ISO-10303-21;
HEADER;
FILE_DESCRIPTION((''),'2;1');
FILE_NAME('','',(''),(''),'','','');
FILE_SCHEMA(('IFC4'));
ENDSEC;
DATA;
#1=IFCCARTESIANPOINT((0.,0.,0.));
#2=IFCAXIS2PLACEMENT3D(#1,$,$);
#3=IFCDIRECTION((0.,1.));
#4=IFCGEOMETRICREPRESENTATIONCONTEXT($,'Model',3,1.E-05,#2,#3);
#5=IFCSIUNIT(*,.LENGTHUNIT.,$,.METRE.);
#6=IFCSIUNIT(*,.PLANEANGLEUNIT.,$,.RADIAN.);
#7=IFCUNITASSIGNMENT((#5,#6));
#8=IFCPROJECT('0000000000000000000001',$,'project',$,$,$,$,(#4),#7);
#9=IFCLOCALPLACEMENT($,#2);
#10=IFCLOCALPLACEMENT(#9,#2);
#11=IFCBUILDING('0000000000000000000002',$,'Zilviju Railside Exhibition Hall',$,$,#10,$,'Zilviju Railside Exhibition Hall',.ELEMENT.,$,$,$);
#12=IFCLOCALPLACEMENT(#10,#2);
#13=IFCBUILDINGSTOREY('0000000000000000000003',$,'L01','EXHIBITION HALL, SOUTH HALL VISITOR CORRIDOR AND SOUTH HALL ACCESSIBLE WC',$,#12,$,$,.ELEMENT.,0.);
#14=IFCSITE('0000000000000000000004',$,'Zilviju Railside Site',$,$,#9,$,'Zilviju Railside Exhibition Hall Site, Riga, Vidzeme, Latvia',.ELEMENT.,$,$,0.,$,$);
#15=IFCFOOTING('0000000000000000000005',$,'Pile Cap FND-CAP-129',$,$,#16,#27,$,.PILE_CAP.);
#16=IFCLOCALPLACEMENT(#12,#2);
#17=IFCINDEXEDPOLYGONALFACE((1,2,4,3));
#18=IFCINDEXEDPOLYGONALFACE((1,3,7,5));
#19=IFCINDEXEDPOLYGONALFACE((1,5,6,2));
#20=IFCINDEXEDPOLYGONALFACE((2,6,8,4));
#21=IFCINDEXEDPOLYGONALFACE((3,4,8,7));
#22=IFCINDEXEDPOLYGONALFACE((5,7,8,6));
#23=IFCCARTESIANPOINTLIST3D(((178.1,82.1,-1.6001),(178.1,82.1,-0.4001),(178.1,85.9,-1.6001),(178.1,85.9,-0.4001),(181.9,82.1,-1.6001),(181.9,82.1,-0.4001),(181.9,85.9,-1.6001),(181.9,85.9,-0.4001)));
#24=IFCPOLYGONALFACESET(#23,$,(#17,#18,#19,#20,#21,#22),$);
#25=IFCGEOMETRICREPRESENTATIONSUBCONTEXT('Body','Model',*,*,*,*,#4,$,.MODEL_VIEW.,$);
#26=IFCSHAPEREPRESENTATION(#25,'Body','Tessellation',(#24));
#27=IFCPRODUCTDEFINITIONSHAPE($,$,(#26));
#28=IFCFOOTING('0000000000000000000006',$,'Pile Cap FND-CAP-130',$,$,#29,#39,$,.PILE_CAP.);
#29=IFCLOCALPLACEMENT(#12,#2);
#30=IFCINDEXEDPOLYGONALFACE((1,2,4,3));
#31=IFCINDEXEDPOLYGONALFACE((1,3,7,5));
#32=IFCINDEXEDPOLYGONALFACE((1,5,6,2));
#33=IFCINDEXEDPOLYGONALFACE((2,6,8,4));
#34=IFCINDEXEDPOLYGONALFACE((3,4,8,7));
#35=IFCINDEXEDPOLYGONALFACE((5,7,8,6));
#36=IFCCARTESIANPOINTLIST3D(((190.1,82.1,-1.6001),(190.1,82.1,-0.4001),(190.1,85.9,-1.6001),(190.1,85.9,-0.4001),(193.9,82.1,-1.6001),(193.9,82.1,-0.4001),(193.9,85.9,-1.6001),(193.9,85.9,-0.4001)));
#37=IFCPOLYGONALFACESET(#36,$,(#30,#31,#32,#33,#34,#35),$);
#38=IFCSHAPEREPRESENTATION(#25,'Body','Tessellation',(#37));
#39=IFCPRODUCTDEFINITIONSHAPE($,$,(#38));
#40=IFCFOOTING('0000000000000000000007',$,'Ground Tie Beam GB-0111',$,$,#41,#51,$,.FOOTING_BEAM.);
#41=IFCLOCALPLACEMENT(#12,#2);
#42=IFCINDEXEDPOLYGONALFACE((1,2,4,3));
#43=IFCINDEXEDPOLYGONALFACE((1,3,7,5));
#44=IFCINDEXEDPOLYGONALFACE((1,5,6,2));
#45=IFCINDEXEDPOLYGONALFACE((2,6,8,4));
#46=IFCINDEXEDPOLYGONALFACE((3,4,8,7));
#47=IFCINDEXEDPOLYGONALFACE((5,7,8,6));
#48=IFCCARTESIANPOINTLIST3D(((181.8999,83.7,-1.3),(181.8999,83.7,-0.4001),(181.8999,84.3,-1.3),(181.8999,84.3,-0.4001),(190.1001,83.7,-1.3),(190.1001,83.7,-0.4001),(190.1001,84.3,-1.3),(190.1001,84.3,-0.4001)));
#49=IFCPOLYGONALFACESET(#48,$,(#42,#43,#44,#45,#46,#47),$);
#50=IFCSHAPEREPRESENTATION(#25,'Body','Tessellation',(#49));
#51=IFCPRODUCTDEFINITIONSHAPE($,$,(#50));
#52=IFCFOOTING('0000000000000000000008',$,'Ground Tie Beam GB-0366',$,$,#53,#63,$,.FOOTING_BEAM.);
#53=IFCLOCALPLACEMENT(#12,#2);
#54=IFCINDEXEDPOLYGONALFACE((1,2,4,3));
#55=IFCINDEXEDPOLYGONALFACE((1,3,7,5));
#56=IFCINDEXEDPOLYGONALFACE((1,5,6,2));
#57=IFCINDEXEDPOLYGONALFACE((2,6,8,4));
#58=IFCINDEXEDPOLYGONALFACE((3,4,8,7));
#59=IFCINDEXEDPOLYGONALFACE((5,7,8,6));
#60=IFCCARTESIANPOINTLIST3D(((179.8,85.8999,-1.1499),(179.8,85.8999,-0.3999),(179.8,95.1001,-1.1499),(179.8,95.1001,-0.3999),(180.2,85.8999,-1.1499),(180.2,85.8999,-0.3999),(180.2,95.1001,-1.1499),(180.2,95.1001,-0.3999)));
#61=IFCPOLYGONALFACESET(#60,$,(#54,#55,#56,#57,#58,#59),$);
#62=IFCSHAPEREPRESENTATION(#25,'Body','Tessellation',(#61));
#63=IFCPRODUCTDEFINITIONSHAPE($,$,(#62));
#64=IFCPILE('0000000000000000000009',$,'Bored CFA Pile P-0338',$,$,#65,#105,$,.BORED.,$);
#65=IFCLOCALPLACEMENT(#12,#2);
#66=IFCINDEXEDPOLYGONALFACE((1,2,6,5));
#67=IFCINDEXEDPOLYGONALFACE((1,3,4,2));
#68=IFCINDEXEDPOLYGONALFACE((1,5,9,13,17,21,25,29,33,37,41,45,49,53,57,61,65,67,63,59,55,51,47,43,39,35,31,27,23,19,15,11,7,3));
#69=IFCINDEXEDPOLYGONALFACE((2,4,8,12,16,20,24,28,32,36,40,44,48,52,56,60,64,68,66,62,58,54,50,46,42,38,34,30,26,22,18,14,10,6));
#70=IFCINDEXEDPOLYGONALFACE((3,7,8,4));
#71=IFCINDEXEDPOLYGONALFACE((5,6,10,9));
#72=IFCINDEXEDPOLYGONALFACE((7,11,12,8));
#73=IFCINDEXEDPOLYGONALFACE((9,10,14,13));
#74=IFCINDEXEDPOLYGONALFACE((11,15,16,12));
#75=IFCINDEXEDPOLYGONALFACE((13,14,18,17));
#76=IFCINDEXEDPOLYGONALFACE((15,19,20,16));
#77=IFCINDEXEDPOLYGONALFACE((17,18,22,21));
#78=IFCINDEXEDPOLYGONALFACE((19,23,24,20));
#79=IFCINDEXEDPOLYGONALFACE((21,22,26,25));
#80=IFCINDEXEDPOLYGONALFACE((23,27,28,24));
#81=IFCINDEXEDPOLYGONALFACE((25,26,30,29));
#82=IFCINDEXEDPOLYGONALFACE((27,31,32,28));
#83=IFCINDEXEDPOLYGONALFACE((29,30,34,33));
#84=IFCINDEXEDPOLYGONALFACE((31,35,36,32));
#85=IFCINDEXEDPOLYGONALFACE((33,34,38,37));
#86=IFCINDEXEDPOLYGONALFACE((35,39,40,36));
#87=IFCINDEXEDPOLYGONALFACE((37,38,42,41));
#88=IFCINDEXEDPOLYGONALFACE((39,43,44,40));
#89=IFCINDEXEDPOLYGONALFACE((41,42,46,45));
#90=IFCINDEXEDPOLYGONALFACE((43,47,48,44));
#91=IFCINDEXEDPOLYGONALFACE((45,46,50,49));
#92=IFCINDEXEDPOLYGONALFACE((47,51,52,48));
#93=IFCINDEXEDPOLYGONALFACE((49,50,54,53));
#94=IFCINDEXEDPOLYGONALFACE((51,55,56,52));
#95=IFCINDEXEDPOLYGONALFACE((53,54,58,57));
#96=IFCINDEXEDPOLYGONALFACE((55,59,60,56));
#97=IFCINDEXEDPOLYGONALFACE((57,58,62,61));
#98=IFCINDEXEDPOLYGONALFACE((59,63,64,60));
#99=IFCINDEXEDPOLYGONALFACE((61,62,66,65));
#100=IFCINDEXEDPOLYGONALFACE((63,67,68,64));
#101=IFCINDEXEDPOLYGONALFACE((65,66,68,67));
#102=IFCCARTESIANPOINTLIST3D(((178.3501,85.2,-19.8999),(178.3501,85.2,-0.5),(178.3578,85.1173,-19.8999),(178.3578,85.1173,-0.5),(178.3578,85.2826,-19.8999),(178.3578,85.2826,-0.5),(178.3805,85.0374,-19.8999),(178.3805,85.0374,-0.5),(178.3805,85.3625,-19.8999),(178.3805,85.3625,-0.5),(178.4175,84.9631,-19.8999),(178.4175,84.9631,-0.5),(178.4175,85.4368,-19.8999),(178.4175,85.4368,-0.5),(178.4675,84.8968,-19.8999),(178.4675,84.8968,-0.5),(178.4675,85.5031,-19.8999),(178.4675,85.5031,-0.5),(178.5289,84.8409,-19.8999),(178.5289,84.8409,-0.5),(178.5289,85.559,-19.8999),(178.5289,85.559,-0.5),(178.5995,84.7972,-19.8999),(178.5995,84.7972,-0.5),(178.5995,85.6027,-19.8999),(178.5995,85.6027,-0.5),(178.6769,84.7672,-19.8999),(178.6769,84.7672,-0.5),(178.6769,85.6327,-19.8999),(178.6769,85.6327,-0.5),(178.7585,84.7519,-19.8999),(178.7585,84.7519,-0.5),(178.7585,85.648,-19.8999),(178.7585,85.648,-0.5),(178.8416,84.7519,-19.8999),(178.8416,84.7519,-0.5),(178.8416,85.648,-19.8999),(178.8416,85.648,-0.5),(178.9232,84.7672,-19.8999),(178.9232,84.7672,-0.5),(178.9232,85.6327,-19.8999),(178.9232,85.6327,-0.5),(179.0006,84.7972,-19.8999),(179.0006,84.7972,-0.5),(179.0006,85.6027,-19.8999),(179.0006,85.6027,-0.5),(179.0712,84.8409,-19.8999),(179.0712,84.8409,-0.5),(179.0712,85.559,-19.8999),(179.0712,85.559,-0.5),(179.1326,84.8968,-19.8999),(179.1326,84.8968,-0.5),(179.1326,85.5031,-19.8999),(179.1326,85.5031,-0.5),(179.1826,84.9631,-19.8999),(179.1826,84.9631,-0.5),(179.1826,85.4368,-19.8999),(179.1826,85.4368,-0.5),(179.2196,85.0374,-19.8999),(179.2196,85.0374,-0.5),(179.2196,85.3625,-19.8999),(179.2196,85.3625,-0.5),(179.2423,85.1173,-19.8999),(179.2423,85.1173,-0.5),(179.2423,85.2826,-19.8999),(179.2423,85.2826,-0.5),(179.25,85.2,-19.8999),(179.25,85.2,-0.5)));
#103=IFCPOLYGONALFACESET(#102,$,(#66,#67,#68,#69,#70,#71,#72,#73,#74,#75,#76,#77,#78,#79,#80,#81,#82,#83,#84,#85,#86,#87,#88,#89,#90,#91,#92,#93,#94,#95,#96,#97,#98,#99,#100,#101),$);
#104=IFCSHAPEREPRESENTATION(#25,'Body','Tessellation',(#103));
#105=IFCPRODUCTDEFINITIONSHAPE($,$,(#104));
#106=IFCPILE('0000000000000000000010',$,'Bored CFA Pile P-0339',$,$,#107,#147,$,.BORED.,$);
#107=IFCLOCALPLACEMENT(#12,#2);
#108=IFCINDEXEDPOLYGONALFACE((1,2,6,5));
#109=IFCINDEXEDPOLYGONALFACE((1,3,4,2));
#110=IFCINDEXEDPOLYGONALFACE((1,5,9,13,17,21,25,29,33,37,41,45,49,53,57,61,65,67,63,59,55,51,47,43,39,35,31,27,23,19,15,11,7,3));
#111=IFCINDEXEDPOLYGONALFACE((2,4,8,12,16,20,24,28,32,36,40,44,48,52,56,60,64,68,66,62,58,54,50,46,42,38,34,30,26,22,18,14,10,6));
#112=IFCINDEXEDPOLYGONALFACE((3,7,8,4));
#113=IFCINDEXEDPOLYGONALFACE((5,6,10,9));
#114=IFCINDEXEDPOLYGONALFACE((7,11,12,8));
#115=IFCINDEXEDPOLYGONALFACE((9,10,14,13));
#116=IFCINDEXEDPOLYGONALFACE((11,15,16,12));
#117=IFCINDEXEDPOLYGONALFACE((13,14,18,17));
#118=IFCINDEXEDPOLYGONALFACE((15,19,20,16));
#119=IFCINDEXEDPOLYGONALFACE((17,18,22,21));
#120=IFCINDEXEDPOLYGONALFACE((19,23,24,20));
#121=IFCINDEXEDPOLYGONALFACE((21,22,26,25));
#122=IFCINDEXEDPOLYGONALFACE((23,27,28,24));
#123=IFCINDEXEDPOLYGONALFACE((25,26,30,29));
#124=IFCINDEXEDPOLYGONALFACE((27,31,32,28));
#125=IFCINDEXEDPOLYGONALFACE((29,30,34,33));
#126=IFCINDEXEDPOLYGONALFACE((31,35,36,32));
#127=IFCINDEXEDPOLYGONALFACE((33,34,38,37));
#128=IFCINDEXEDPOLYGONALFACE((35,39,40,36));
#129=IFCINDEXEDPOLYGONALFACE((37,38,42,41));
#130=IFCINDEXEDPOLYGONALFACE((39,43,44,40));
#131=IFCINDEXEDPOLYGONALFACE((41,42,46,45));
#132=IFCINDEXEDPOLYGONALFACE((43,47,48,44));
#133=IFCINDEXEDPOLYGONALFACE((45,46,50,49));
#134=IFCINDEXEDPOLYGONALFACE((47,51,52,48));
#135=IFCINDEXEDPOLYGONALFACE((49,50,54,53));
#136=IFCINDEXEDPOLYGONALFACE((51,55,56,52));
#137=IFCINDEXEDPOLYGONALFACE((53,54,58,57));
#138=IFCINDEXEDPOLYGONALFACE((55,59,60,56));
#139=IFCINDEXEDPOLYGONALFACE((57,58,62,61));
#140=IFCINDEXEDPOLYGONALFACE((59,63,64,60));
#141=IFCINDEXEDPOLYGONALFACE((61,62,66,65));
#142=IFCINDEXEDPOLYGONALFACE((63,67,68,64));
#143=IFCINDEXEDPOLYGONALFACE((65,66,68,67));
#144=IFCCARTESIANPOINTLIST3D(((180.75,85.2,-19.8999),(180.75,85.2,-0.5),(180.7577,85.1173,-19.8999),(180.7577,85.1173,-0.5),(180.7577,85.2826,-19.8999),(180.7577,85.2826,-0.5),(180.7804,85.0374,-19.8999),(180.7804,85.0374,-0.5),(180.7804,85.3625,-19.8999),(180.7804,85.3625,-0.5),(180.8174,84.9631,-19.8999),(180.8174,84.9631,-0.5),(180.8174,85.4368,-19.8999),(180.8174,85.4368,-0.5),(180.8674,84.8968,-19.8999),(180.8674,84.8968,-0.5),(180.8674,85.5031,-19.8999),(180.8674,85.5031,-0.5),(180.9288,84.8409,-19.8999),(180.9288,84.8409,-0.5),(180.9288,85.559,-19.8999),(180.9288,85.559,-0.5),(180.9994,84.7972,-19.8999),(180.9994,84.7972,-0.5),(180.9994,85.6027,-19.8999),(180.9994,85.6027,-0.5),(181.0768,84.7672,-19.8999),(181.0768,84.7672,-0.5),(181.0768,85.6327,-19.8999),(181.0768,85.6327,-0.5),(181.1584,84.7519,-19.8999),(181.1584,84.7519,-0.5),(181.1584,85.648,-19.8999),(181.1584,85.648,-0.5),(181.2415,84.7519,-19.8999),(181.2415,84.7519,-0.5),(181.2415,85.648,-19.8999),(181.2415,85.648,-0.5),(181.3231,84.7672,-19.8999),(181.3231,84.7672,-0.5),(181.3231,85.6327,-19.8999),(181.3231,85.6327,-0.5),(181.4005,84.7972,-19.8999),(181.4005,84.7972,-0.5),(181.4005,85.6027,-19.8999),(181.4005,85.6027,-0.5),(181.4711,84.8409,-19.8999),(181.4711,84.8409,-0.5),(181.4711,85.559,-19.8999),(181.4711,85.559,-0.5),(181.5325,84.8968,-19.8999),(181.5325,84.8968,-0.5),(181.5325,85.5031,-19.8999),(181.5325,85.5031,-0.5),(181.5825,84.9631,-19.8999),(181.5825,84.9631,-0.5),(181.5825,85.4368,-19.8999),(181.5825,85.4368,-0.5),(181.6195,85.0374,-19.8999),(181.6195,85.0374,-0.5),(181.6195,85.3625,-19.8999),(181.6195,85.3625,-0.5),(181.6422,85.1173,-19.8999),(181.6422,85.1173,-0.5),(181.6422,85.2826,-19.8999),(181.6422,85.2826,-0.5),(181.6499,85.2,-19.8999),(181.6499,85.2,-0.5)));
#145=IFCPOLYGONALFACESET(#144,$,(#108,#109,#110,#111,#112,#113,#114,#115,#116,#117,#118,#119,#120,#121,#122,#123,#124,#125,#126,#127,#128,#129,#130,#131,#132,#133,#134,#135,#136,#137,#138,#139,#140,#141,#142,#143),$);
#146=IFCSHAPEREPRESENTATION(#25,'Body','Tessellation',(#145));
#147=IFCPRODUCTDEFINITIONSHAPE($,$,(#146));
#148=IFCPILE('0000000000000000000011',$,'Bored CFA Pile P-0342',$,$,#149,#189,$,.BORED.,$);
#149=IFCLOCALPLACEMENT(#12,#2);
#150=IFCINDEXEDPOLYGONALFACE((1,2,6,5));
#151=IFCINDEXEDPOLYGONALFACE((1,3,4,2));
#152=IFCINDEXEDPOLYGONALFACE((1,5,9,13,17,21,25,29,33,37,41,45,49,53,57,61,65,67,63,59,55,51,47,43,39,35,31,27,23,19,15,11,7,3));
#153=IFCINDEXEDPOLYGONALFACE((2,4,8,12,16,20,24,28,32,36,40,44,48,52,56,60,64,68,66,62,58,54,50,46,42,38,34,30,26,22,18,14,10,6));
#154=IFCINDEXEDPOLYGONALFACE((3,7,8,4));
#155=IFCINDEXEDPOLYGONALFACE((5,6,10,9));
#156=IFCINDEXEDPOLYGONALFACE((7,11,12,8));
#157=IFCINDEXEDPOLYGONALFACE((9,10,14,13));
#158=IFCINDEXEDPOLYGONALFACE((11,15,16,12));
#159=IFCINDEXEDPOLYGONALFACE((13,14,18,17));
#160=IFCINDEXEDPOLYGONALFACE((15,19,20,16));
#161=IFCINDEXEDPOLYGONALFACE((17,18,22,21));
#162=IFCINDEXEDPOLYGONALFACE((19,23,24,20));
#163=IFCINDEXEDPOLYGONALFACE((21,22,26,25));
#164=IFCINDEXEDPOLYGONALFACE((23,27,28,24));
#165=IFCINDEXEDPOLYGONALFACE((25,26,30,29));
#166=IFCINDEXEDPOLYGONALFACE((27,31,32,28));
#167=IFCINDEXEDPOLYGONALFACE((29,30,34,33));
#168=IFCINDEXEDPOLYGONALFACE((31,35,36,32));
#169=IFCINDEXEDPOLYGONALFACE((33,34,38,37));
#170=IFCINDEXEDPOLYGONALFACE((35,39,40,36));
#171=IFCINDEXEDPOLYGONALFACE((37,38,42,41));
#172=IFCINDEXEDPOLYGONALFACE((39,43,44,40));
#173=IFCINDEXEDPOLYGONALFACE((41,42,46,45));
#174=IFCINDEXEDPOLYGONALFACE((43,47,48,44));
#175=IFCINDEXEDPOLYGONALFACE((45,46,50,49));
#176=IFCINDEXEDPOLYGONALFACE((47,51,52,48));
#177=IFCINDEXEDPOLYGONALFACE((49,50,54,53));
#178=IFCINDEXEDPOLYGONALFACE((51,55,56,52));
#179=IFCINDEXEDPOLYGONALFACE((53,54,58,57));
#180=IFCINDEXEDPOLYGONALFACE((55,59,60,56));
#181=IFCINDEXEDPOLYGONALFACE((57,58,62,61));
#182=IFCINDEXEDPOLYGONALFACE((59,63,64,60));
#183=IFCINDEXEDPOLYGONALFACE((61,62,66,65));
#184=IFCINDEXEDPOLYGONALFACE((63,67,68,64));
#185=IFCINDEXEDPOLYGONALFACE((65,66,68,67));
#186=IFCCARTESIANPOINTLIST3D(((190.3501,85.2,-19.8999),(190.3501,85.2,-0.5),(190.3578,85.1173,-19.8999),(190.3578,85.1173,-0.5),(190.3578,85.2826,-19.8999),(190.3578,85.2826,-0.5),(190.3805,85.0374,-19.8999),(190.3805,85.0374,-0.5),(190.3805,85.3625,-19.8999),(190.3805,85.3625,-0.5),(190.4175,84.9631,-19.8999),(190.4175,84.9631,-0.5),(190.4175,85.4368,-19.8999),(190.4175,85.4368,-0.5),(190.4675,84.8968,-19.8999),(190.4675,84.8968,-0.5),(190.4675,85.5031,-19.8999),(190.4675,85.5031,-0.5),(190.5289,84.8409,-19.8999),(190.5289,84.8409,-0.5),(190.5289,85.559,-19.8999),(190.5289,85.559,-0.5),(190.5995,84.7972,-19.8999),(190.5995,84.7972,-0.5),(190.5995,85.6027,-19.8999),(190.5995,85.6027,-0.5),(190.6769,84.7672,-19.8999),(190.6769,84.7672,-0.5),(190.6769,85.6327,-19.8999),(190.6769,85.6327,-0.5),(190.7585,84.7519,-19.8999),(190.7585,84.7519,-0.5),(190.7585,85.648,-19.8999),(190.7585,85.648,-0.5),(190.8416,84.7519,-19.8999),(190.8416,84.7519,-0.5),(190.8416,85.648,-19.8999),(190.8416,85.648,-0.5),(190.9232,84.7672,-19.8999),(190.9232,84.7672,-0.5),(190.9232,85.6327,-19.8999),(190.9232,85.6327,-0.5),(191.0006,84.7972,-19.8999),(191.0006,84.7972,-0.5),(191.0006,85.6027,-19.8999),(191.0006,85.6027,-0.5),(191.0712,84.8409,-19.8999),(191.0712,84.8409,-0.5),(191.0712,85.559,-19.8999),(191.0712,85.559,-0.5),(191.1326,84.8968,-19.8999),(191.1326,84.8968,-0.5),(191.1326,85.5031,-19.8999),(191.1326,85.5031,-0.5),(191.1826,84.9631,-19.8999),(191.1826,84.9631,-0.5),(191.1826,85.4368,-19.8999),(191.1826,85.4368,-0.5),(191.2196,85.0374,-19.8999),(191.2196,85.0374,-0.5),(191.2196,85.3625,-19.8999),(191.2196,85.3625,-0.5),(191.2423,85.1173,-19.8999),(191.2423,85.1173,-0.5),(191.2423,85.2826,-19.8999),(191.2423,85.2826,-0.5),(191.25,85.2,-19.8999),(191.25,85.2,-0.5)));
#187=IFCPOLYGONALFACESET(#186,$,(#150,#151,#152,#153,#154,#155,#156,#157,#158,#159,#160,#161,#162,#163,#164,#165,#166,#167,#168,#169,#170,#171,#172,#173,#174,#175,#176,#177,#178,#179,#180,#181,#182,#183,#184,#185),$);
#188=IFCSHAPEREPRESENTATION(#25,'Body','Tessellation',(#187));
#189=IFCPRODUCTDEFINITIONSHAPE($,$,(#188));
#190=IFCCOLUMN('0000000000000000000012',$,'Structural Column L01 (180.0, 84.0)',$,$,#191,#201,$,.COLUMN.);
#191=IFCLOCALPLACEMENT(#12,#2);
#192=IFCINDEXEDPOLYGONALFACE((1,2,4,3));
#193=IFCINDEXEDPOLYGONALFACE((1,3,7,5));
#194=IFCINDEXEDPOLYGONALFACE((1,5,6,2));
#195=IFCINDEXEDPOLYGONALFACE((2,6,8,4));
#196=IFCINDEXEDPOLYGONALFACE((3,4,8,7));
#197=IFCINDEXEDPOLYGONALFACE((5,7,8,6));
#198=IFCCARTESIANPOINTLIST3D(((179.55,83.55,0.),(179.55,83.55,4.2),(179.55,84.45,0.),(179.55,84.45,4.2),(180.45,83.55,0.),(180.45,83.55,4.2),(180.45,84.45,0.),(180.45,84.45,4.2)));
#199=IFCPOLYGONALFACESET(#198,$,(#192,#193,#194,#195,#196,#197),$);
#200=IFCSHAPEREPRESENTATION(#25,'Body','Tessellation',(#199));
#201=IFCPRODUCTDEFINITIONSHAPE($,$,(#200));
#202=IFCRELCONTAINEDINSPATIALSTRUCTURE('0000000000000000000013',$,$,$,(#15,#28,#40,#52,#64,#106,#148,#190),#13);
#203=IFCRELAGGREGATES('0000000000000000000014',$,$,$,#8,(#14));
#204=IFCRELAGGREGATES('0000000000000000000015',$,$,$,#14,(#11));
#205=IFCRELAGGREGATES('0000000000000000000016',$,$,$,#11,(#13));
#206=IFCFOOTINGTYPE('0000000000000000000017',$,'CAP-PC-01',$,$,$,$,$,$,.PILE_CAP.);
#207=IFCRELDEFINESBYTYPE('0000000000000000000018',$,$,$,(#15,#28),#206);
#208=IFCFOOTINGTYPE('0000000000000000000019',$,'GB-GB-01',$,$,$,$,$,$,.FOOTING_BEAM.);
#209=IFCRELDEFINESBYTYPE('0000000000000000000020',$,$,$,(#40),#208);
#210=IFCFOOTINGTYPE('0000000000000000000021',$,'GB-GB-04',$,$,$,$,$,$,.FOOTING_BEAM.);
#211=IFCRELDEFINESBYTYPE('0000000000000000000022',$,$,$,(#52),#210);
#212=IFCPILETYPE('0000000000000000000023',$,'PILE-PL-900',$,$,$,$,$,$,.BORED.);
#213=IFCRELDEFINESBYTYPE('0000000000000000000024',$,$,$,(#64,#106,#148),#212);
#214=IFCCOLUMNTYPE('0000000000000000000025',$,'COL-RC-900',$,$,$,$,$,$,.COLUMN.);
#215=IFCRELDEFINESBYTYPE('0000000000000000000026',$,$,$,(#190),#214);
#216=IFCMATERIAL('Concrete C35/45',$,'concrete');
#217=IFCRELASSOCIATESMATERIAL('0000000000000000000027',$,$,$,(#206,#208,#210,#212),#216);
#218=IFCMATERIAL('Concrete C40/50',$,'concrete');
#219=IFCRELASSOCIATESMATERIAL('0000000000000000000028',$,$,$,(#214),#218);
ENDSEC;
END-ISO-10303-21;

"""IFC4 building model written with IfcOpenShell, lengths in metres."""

from ifc_helpers import new_model, si_unit, direction, frame, origin, origin_2d, place, context, subcontext, project, spatial, rectangle, circle, extrude, material, material_profile, profile_set, type_object, element, save


model = new_model("IFC4")

# Units and contexts
model_context = context("Model", 3, precision=1e-05, world=origin(), true_north=direction((0.0, 1.0)))
body_context = subcontext(model_context, "Body", "Model", "MODEL_VIEW")
ifc_project = project(units=[si_unit("LENGTHUNIT", "METRE"), si_unit("PLANEANGLEUNIT", "RADIAN")], contexts=[model_context])

# Site, building, storey
site_placement = place(None, origin())
site = spatial("IfcSite", under=ifc_project, at=site_placement, Name="Zilviju Railside Site", LongName="Zilviju Railside Exhibition Hall Site, Riga, Vidzeme, Latvia", CompositionType="ELEMENT", RefElevation=0.0)
building_placement = place(site_placement, origin())
building = spatial("IfcBuilding", under=site, at=building_placement, Name="Zilviju Railside Exhibition Hall", LongName="Zilviju Railside Exhibition Hall", CompositionType="ELEMENT")
storey_placement = place(building_placement, origin())
storey = spatial("IfcBuildingStorey", under=building, at=storey_placement, Name="L01", Description="EXHIBITION HALL, SOUTH HALL VISITOR CORRIDOR AND SOUTH HALL ACCESSIBLE WC", CompositionType="ELEMENT", Elevation=0.0)

# Footings
ifc_material_1 = material(Name="Concrete C35/45", Category="concrete")
footing_type_1 = type_object("IfcFootingType", Name="CAP-PC-01", PredefinedType="PILE_CAP", material=ifc_material_1)
for number, where, z_axis, x_axis, name in (
    (1, (180.0, 84.0, -1.6001), (0.0, 0.0, 1.0), (1.0, 0.0, 0.0), "Pile Cap FND-CAP-129"),
    (2, (192.0, 84.0, -1.6001), (0.0, 0.0, 1.0), (1.0, 0.0, 0.0), "Pile Cap FND-CAP-130"),
):
    element("IfcFooting", number, at=place(storey_placement, frame(where, z_axis=z_axis, x_axis=x_axis)), inside=storey, type_object=footing_type_1, Name=name, PredefinedType="PILE_CAP", context=body_context, shape_type="SweptSolid", body=[
        extrude(rectangle(XDim=3.8, YDim=3.8, at=origin_2d()), origin(), (0.0, 0.0, 1.0), 1.2),
    ])
ifc_material_profile_1 = material_profile(ifc_material_1, rectangle(XDim=0.6001, YDim=0.8999, at=origin_2d()), Name="TIE BEAM 600x900")
ifc_profile_set_1 = profile_set([ifc_material_profile_1], Name="Concrete C35/45")
footing_type_2 = type_object("IfcFootingType", Name="GB-GB-01", PredefinedType="FOOTING_BEAM", material=ifc_profile_set_1)
footing_1_placement = place(storey_placement, frame((181.8999, 84.0, -0.8501), z_axis=(1.0, 0.0, 0.0), x_axis=(0.0, 1.0, 0.0)))
element("IfcFooting", 3, at=footing_1_placement, inside=storey, type_object=footing_type_2, Name="Ground Tie Beam GB-0111", PredefinedType="FOOTING_BEAM", context=body_context, shape_type="SweptSolid", body=[
    extrude(rectangle(XDim=0.6001, YDim=0.8999, at=origin_2d()), origin(), (0.0, 0.0, 1.0), 8.2002),
])
ifc_material_profile_2 = material_profile(ifc_material_1, rectangle(XDim=0.3999, YDim=0.75, at=origin_2d()), Name="TIE BEAM 400x750")
ifc_profile_set_2 = profile_set([ifc_material_profile_2], Name="Concrete C35/45")
footing_type_3 = type_object("IfcFootingType", Name="GB-GB-04", PredefinedType="FOOTING_BEAM", material=ifc_profile_set_2)
footing_2_placement = place(storey_placement, frame((180.0, 85.8999, -0.7749), z_axis=(0.0, 1.0, 0.0), x_axis=(-1.0, 0.0, 0.0)))
element("IfcFooting", 4, at=footing_2_placement, inside=storey, type_object=footing_type_3, Name="Ground Tie Beam GB-0366", PredefinedType="FOOTING_BEAM", context=body_context, shape_type="SweptSolid", body=[
    extrude(rectangle(XDim=0.3999, YDim=0.75, at=origin_2d()), origin(), (0.0, 0.0, 1.0), 9.2002),
])

# Piles
ifc_material_profile_3 = material_profile(ifc_material_1, circle(Radius=0.45, at=origin_2d()), Name="CFA PILE D900")
ifc_profile_set_3 = profile_set([ifc_material_profile_3], Name="Concrete C35/45")
pile_type = type_object("IfcPileType", Name="PILE-PL-900", PredefinedType="BORED", material=ifc_profile_set_3)
for number, where, z_axis, x_axis, name in (
    (5, (178.8, 85.2, -0.5), (0.0, 0.0, -1.0), (1.0, 0.0, 0.0), "Bored CFA Pile P-0338"),
    (6, (181.2, 85.2, -0.5), (0.0, 0.0, -1.0), (1.0, 0.0, 0.0), "Bored CFA Pile P-0339"),
    (7, (190.8, 85.2, -0.5), (0.0, 0.0, -1.0), (1.0, 0.0, 0.0), "Bored CFA Pile P-0342"),
):
    element("IfcPile", number, at=place(storey_placement, frame(where, z_axis=z_axis, x_axis=x_axis)), inside=storey, type_object=pile_type, Name=name, PredefinedType="BORED", context=body_context, shape_type="SweptSolid", body=[
        extrude(circle(Radius=0.45, at=origin_2d()), origin(), (0.0, 0.0, 1.0), 19.3999),
    ])

# Column
ifc_material_2 = material(Name="Concrete C40/50", Category="concrete")
ifc_material_profile_4 = material_profile(ifc_material_2, rectangle(XDim=0.8999, YDim=0.8999, at=origin_2d()), Name="RC COL 900x900")
ifc_profile_set_4 = profile_set([ifc_material_profile_4], Name="Concrete C40/50")
column_type = type_object("IfcColumnType", Name="COL-RC-900", PredefinedType="COLUMN", material=ifc_profile_set_4)
column_placement = place(storey_placement, frame((180.0, 84.0, 0.0), z_axis=(0.0, 0.0, 1.0), x_axis=(1.0, 0.0, 0.0)))
element("IfcColumn", 8, at=column_placement, inside=storey, type_object=column_type, Name="Structural Column L01 (180.0, 84.0)", PredefinedType="COLUMN", context=body_context, shape_type="SweptSolid", body=[
    extrude(rectangle(XDim=0.8999, YDim=0.8999, at=origin_2d()), origin(), (0.0, 0.0, 1.0), 4.2),
])

save(model, "model.ifc")
